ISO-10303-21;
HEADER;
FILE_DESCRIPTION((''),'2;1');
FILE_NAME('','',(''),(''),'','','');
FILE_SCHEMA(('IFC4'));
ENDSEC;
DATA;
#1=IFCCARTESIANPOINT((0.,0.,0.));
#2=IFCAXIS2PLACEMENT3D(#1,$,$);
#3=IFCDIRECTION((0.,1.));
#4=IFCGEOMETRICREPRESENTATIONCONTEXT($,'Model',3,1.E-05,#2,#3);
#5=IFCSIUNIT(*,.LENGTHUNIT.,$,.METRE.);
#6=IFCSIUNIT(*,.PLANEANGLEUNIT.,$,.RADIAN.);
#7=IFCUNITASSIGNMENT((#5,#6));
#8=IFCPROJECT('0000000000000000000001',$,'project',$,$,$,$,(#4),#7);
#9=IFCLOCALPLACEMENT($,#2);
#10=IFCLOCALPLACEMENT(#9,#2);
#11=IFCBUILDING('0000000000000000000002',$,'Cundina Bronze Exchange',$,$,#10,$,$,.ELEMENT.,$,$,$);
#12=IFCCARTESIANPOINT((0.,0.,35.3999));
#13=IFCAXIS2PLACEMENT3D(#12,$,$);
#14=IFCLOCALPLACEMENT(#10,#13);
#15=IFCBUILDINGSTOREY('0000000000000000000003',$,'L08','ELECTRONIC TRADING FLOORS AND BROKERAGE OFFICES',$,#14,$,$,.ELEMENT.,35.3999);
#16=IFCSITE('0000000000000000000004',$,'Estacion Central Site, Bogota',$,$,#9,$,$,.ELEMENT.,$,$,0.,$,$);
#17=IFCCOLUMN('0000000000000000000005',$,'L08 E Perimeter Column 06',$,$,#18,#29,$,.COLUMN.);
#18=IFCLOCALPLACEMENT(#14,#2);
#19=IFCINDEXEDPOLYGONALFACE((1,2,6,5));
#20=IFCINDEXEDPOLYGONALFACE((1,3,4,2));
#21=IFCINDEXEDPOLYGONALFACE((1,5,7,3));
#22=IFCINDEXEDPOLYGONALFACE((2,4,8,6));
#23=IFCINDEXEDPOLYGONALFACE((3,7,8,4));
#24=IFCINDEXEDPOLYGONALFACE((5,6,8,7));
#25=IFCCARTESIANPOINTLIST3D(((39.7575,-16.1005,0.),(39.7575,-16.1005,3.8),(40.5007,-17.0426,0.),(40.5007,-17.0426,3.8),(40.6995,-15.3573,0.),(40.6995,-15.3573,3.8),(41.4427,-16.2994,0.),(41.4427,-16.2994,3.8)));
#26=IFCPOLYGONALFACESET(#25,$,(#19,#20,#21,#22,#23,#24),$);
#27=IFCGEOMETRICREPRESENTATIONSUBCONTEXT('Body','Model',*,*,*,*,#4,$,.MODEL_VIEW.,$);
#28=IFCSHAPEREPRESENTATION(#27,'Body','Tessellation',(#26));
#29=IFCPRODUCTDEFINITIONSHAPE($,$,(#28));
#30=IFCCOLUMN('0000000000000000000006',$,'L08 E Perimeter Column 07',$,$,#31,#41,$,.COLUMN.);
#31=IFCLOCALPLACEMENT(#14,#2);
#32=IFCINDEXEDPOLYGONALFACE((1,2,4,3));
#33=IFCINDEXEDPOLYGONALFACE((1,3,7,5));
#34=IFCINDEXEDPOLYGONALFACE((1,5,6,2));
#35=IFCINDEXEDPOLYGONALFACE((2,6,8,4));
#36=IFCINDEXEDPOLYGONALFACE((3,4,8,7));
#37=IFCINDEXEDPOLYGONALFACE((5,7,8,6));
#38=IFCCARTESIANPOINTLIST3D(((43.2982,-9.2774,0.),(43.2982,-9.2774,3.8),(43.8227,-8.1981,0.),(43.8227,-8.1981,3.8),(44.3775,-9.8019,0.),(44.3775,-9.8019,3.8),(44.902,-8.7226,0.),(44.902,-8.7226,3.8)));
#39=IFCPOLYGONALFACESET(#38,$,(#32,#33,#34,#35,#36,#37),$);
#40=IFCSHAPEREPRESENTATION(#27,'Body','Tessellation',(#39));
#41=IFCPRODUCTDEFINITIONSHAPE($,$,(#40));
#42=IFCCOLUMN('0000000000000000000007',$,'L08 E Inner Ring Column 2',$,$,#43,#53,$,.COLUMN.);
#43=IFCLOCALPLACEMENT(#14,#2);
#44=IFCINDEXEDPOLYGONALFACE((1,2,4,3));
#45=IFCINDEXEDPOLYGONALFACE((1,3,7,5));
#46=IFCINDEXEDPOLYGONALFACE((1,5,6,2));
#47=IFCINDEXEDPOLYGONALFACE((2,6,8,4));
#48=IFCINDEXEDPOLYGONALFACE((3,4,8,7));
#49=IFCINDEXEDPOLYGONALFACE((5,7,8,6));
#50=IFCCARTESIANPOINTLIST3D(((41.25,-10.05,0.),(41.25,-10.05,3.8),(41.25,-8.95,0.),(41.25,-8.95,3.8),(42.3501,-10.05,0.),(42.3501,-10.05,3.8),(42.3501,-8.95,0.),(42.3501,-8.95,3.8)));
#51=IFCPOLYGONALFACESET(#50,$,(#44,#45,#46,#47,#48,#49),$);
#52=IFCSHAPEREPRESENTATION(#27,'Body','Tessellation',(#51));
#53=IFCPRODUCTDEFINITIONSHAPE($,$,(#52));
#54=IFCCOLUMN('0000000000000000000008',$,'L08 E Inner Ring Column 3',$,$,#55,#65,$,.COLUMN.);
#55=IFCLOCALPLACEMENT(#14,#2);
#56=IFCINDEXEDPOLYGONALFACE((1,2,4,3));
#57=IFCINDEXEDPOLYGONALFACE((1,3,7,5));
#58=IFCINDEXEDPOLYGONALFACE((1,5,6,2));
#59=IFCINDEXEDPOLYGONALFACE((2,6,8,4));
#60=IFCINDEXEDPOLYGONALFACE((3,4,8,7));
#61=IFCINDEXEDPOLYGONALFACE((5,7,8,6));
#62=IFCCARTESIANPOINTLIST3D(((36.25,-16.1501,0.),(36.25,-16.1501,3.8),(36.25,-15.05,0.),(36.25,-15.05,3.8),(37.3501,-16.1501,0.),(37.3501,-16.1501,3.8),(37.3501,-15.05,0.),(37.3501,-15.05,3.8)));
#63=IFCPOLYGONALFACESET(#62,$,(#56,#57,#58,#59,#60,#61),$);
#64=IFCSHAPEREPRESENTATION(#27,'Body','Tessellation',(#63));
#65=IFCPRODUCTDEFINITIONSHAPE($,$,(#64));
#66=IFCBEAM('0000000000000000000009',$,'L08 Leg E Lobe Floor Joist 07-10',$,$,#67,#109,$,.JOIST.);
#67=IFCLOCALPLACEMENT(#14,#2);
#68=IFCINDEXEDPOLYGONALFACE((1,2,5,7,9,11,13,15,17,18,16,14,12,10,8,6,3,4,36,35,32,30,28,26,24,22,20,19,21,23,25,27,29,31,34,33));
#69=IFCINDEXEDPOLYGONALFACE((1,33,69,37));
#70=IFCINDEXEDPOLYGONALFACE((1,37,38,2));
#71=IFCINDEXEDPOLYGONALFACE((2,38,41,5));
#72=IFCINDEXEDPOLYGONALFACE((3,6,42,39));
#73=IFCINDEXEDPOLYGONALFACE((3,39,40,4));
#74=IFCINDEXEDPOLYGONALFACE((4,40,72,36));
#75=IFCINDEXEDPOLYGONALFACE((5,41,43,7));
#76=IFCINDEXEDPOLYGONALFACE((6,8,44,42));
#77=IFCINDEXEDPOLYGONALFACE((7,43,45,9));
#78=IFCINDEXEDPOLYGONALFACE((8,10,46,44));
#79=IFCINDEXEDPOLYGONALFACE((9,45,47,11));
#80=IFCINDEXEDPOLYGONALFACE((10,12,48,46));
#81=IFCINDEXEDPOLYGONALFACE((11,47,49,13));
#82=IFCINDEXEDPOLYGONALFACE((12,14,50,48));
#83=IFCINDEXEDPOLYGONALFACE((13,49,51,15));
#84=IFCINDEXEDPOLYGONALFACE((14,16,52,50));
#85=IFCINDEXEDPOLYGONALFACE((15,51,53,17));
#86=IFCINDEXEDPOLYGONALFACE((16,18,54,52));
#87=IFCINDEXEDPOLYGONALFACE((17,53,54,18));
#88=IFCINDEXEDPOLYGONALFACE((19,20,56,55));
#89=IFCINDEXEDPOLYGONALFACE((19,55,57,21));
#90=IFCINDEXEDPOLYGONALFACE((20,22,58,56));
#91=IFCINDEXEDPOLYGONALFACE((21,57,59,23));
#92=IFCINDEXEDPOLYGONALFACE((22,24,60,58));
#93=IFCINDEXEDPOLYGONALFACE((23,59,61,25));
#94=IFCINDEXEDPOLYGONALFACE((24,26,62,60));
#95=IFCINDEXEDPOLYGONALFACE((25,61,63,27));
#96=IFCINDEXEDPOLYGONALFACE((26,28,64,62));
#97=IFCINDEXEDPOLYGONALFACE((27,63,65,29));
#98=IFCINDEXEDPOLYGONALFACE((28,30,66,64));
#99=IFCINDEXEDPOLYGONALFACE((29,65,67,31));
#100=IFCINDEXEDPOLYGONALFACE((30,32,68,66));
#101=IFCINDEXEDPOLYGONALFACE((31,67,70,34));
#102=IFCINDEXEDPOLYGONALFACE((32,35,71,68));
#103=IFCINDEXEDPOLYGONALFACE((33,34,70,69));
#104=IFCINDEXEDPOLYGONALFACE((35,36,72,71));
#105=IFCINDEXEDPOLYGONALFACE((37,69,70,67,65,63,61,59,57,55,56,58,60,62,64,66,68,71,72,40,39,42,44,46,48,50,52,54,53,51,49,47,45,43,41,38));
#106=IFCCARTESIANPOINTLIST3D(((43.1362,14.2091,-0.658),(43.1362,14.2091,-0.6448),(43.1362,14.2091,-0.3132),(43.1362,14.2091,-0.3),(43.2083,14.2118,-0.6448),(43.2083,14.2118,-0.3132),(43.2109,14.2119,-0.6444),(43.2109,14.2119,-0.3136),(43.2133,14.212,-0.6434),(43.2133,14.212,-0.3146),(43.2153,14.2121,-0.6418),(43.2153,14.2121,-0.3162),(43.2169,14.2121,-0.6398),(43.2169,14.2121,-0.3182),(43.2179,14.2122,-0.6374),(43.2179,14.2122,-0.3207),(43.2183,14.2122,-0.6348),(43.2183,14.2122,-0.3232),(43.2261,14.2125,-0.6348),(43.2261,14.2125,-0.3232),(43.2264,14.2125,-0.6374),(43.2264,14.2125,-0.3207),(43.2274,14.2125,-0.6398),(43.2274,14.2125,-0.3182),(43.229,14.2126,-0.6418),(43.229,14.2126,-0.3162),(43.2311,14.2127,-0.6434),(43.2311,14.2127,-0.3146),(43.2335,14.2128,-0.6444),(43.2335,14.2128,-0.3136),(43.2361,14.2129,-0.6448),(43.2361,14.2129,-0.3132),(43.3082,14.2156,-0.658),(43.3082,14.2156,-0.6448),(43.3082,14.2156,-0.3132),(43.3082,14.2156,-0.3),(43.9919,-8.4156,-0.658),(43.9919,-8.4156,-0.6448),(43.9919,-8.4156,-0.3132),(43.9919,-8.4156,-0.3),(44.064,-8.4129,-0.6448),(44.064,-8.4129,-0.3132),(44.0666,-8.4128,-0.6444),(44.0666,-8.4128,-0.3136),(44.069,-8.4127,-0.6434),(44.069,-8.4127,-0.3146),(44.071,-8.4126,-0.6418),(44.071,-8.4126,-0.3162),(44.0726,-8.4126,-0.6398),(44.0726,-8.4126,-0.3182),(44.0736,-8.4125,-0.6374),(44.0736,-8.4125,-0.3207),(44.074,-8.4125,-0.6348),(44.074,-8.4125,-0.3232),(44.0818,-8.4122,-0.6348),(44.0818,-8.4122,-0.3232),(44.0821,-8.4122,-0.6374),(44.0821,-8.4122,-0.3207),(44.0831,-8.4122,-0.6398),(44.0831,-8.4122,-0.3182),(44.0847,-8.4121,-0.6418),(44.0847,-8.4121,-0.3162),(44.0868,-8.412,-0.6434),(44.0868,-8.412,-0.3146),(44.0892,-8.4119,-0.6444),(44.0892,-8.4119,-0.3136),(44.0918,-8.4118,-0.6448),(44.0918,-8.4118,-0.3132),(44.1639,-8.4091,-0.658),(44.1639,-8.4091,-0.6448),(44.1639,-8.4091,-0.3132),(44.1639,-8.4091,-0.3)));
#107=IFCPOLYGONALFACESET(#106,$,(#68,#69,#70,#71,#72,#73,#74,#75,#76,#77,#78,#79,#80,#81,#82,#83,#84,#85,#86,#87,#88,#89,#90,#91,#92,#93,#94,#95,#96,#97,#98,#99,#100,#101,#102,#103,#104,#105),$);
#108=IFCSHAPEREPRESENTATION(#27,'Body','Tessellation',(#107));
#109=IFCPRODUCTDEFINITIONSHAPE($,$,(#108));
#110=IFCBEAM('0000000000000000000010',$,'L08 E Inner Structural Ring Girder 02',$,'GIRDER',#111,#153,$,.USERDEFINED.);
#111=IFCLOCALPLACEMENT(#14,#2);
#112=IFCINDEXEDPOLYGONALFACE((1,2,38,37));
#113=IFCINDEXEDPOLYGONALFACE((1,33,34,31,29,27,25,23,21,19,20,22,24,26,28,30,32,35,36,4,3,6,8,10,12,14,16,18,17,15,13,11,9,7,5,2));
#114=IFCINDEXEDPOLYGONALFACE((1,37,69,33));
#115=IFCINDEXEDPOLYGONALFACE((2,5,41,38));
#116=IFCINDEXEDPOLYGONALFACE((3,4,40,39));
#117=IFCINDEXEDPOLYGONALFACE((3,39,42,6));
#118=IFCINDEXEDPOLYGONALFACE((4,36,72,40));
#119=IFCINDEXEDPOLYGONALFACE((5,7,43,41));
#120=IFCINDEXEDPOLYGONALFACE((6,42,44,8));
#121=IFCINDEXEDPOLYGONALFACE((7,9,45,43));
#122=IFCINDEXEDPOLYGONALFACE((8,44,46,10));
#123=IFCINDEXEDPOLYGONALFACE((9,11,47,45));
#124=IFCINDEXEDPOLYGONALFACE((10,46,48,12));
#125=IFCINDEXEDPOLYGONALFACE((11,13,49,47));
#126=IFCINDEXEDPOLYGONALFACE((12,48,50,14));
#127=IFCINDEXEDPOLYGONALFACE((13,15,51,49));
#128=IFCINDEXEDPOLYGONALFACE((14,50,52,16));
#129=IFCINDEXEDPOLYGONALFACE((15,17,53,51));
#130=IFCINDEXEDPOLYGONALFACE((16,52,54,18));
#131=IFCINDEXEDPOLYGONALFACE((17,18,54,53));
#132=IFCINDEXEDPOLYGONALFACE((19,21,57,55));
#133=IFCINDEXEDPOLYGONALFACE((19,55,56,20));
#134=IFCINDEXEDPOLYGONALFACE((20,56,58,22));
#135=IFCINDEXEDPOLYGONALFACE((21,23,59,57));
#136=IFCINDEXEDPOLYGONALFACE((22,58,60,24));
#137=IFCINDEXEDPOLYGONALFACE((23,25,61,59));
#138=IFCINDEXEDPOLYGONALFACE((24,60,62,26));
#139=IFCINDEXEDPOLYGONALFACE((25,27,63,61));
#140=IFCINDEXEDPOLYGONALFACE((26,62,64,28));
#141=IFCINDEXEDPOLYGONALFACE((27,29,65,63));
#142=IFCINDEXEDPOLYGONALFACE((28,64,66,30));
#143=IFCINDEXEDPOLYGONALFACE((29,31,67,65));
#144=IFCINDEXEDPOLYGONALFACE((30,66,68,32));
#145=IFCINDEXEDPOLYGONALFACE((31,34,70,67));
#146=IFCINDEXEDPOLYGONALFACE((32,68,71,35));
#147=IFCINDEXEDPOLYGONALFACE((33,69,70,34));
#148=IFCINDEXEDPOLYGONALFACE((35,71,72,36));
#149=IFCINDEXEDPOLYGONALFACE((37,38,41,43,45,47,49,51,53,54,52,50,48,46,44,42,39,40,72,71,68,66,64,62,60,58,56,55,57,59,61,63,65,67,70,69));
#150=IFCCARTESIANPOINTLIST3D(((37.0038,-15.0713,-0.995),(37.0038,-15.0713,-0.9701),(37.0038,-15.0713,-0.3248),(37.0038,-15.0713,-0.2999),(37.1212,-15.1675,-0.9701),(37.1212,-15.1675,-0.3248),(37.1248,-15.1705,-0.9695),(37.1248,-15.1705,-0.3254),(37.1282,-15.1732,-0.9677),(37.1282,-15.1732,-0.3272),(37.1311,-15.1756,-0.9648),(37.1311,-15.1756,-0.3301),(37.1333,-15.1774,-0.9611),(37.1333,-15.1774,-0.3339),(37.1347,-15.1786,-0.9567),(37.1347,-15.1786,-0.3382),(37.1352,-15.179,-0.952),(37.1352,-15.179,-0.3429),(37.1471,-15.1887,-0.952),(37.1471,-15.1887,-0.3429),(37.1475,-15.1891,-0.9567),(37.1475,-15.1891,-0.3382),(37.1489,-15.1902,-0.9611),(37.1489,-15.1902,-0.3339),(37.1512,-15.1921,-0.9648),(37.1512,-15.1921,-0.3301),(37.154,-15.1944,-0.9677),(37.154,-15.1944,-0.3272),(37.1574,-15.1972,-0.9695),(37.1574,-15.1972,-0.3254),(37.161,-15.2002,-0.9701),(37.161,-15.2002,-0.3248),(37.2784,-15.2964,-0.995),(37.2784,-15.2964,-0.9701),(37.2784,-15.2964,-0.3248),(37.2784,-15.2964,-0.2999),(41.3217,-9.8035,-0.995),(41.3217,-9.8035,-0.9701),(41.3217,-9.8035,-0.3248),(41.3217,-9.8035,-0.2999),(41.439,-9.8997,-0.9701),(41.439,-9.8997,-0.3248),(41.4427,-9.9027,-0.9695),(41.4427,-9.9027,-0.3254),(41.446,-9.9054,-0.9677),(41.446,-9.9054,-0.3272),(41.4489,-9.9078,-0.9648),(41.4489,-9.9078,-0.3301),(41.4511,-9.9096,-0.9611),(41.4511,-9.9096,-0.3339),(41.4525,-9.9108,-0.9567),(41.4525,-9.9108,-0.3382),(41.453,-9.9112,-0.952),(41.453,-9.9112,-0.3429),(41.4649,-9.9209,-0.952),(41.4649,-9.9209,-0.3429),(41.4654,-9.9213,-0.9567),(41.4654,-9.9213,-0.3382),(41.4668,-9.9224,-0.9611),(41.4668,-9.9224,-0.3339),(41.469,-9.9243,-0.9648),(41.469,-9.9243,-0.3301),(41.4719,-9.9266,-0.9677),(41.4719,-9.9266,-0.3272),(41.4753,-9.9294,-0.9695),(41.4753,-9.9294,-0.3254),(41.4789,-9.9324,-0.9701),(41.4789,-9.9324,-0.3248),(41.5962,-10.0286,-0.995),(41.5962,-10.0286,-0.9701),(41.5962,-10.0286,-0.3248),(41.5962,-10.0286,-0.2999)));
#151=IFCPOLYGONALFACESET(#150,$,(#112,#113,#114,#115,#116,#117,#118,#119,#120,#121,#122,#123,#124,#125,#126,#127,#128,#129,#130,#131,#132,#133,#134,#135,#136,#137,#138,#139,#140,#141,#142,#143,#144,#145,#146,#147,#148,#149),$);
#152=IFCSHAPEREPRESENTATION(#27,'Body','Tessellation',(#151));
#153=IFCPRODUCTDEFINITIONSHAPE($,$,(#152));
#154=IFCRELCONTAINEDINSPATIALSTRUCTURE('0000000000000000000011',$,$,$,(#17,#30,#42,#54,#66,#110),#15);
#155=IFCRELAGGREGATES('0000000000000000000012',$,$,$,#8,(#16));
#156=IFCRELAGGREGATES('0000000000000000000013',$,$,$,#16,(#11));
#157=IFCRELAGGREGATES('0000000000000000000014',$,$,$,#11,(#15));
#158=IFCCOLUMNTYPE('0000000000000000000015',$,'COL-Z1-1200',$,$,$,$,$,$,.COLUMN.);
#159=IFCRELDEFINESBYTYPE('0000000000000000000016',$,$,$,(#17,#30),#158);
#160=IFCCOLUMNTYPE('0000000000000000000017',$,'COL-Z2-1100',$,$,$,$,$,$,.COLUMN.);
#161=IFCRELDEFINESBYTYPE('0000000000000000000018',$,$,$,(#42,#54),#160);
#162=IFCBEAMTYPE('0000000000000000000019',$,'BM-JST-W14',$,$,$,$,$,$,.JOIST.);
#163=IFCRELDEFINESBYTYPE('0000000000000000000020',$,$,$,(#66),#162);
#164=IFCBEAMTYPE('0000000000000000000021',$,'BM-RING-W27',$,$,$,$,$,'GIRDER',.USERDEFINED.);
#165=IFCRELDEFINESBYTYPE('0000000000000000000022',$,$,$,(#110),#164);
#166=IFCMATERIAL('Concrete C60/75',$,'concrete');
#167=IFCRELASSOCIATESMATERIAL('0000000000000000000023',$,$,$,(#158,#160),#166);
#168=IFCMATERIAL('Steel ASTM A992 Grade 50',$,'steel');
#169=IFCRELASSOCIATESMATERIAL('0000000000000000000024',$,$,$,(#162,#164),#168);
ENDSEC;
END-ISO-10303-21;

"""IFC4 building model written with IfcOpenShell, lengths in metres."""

from ifc_helpers import new_model, si_unit, direction, frame, origin, origin_2d, place, context, subcontext, project, spatial, rectangle, i_section, extrude, material, material_profile, profile_set, type_object, element, save


model = new_model("IFC4")

# Units and contexts
model_context = context("Model", 3, precision=1e-05, world=origin(), true_north=direction((0.0, 1.0)))
body_context = subcontext(model_context, "Body", "Model", "MODEL_VIEW")
ifc_project = project(units=[si_unit("LENGTHUNIT", "METRE"), si_unit("PLANEANGLEUNIT", "RADIAN")], contexts=[model_context])

# Site, building, storey
site_placement = place(None, origin())
site = spatial("IfcSite", under=ifc_project, at=site_placement, Name="Estacion Central Site, Bogota", CompositionType="ELEMENT", RefElevation=0.0)
building_placement = place(site_placement, origin())
building = spatial("IfcBuilding", under=site, at=building_placement, Name="Cundina Bronze Exchange", CompositionType="ELEMENT")
storey_placement = place(building_placement, frame((0.0, 0.0, 35.3999)))
storey = spatial("IfcBuildingStorey", under=building, at=storey_placement, Name="L08", Description="ELECTRONIC TRADING FLOORS AND BROKERAGE OFFICES", CompositionType="ELEMENT", Elevation=35.3999)

# Columns
ifc_material_1 = material(Name="Concrete C60/75", Category="concrete")
ifc_material_profile_1 = material_profile(ifc_material_1, rectangle(XDim=1.2, YDim=1.2, at=origin_2d()), Name="RC1200X1200", Category="concrete")
ifc_profile_set_1 = profile_set([ifc_material_profile_1], Name="Concrete C60/75")
column_type_1 = type_object("IfcColumnType", Name="COL-Z1-1200", PredefinedType="COLUMN", material=ifc_profile_set_1)
for number, where, z_axis, x_axis, name in (
    (1, (40.6001, -16.2, 0.0), (0.0, 0.0, 1.0), (0.785101, 0.619368, 0.0), "L08 E Perimeter Column 06"),
    (2, (44.1001, -9.0, 0.0), (0.0, 0.0, 1.0), (0.437116, 0.899405, 0.0), "L08 E Perimeter Column 07"),
):
    element("IfcColumn", number, at=place(storey_placement, frame(where, z_axis=z_axis, x_axis=x_axis)), inside=storey, type_object=column_type_1, Name=name, PredefinedType="COLUMN", context=body_context, shape_type="SweptSolid", body=[
        extrude(rectangle(XDim=1.2, YDim=1.2, at=origin_2d()), origin(), (0.0, 0.0, 1.0), 3.8),
    ])
ifc_material_profile_2 = material_profile(ifc_material_1, rectangle(XDim=1.1001, YDim=1.1001, at=origin_2d()), Name="RC1100X1100", Category="concrete")
ifc_profile_set_2 = profile_set([ifc_material_profile_2], Name="Concrete C60/75")
column_type_2 = type_object("IfcColumnType", Name="COL-Z2-1100", PredefinedType="COLUMN", material=ifc_profile_set_2)
for number, where, z_axis, x_axis, name in (
    (3, (41.8, -9.5, 0.0), (0.0, 0.0, 1.0), (1.0, 0.0, 0.0), "L08 E Inner Ring Column 2"),
    (4, (36.8, -15.6001, 0.0), (0.0, 0.0, 1.0), (1.0, 0.0, 0.0), "L08 E Inner Ring Column 3"),
):
    element("IfcColumn", number, at=place(storey_placement, frame(where, z_axis=z_axis, x_axis=x_axis)), inside=storey, type_object=column_type_2, Name=name, PredefinedType="COLUMN", context=body_context, shape_type="SweptSolid", body=[
        extrude(rectangle(XDim=1.1001, YDim=1.1001, at=origin_2d()), origin(), (0.0, 0.0, 1.0), 3.8),
    ])

# Beams
ifc_material_2 = material(Name="Steel ASTM A992 Grade 50", Category="steel")
ifc_material_profile_3 = material_profile(ifc_material_2, i_section(OverallWidth=0.1721, OverallDepth=0.3579, WebThickness=0.0078, FlangeThickness=0.0132, FilletRadius=0.01, at=origin_2d()), Name="W14X38", Category="steel")
ifc_profile_set_3 = profile_set([ifc_material_profile_3], Name="Steel ASTM A992 Grade 50")
beam_type_1 = type_object("IfcBeamType", Name="BM-JST-W14", PredefinedType="JOIST", material=ifc_profile_set_3)
beam_1_placement = place(storey_placement, frame((44.0779, -8.4124, -0.479), z_axis=(-0.037795, 0.999286, 0.0), x_axis=(-0.999286, -0.037795, 0.0)))
element("IfcBeam", 5, at=beam_1_placement, inside=storey, type_object=beam_type_1, Name="L08 Leg E Lobe Floor Joist 07-10", PredefinedType="JOIST", context=body_context, shape_type="SweptSolid", body=[
    extrude(i_section(OverallWidth=0.1721, OverallDepth=0.3579, WebThickness=0.0078, FlangeThickness=0.0132, FilletRadius=0.01, at=origin_2d()), origin(), (0.0, 0.0, 1.0), 22.6409),
])
ifc_material_profile_4 = material_profile(ifc_material_2, i_section(OverallWidth=0.355, OverallDepth=0.6951, WebThickness=0.0154, FlangeThickness=0.0249, FilletRadius=0.0181, at=origin_2d()), Name="W27X146", Category="steel")
ifc_profile_set_4 = profile_set([ifc_material_profile_4], Name="Steel ASTM A992 Grade 50")
beam_type_2 = type_object("IfcBeamType", Name="BM-RING-W27", ElementType="GIRDER", PredefinedType="USERDEFINED", material=ifc_profile_set_4)
beam_2_placement = place(storey_placement, frame((37.1411, -15.1838, -0.6475), z_axis=(0.633927, 0.773393, 0.0), x_axis=(-0.773393, 0.633927, 0.0)))
element("IfcBeam", 6, at=beam_2_placement, inside=storey, type_object=beam_type_2, Name="L08 E Inner Structural Ring Girder 02", ObjectType="GIRDER", PredefinedType="USERDEFINED", context=body_context, shape_type="SweptSolid", body=[
    extrude(i_section(OverallWidth=0.355, OverallDepth=0.6951, WebThickness=0.0154, FlangeThickness=0.0249, FilletRadius=0.0181, at=origin_2d()), origin(), (0.0, 0.0, 1.0), 6.8113),
])

save(model, "model.ifc")
